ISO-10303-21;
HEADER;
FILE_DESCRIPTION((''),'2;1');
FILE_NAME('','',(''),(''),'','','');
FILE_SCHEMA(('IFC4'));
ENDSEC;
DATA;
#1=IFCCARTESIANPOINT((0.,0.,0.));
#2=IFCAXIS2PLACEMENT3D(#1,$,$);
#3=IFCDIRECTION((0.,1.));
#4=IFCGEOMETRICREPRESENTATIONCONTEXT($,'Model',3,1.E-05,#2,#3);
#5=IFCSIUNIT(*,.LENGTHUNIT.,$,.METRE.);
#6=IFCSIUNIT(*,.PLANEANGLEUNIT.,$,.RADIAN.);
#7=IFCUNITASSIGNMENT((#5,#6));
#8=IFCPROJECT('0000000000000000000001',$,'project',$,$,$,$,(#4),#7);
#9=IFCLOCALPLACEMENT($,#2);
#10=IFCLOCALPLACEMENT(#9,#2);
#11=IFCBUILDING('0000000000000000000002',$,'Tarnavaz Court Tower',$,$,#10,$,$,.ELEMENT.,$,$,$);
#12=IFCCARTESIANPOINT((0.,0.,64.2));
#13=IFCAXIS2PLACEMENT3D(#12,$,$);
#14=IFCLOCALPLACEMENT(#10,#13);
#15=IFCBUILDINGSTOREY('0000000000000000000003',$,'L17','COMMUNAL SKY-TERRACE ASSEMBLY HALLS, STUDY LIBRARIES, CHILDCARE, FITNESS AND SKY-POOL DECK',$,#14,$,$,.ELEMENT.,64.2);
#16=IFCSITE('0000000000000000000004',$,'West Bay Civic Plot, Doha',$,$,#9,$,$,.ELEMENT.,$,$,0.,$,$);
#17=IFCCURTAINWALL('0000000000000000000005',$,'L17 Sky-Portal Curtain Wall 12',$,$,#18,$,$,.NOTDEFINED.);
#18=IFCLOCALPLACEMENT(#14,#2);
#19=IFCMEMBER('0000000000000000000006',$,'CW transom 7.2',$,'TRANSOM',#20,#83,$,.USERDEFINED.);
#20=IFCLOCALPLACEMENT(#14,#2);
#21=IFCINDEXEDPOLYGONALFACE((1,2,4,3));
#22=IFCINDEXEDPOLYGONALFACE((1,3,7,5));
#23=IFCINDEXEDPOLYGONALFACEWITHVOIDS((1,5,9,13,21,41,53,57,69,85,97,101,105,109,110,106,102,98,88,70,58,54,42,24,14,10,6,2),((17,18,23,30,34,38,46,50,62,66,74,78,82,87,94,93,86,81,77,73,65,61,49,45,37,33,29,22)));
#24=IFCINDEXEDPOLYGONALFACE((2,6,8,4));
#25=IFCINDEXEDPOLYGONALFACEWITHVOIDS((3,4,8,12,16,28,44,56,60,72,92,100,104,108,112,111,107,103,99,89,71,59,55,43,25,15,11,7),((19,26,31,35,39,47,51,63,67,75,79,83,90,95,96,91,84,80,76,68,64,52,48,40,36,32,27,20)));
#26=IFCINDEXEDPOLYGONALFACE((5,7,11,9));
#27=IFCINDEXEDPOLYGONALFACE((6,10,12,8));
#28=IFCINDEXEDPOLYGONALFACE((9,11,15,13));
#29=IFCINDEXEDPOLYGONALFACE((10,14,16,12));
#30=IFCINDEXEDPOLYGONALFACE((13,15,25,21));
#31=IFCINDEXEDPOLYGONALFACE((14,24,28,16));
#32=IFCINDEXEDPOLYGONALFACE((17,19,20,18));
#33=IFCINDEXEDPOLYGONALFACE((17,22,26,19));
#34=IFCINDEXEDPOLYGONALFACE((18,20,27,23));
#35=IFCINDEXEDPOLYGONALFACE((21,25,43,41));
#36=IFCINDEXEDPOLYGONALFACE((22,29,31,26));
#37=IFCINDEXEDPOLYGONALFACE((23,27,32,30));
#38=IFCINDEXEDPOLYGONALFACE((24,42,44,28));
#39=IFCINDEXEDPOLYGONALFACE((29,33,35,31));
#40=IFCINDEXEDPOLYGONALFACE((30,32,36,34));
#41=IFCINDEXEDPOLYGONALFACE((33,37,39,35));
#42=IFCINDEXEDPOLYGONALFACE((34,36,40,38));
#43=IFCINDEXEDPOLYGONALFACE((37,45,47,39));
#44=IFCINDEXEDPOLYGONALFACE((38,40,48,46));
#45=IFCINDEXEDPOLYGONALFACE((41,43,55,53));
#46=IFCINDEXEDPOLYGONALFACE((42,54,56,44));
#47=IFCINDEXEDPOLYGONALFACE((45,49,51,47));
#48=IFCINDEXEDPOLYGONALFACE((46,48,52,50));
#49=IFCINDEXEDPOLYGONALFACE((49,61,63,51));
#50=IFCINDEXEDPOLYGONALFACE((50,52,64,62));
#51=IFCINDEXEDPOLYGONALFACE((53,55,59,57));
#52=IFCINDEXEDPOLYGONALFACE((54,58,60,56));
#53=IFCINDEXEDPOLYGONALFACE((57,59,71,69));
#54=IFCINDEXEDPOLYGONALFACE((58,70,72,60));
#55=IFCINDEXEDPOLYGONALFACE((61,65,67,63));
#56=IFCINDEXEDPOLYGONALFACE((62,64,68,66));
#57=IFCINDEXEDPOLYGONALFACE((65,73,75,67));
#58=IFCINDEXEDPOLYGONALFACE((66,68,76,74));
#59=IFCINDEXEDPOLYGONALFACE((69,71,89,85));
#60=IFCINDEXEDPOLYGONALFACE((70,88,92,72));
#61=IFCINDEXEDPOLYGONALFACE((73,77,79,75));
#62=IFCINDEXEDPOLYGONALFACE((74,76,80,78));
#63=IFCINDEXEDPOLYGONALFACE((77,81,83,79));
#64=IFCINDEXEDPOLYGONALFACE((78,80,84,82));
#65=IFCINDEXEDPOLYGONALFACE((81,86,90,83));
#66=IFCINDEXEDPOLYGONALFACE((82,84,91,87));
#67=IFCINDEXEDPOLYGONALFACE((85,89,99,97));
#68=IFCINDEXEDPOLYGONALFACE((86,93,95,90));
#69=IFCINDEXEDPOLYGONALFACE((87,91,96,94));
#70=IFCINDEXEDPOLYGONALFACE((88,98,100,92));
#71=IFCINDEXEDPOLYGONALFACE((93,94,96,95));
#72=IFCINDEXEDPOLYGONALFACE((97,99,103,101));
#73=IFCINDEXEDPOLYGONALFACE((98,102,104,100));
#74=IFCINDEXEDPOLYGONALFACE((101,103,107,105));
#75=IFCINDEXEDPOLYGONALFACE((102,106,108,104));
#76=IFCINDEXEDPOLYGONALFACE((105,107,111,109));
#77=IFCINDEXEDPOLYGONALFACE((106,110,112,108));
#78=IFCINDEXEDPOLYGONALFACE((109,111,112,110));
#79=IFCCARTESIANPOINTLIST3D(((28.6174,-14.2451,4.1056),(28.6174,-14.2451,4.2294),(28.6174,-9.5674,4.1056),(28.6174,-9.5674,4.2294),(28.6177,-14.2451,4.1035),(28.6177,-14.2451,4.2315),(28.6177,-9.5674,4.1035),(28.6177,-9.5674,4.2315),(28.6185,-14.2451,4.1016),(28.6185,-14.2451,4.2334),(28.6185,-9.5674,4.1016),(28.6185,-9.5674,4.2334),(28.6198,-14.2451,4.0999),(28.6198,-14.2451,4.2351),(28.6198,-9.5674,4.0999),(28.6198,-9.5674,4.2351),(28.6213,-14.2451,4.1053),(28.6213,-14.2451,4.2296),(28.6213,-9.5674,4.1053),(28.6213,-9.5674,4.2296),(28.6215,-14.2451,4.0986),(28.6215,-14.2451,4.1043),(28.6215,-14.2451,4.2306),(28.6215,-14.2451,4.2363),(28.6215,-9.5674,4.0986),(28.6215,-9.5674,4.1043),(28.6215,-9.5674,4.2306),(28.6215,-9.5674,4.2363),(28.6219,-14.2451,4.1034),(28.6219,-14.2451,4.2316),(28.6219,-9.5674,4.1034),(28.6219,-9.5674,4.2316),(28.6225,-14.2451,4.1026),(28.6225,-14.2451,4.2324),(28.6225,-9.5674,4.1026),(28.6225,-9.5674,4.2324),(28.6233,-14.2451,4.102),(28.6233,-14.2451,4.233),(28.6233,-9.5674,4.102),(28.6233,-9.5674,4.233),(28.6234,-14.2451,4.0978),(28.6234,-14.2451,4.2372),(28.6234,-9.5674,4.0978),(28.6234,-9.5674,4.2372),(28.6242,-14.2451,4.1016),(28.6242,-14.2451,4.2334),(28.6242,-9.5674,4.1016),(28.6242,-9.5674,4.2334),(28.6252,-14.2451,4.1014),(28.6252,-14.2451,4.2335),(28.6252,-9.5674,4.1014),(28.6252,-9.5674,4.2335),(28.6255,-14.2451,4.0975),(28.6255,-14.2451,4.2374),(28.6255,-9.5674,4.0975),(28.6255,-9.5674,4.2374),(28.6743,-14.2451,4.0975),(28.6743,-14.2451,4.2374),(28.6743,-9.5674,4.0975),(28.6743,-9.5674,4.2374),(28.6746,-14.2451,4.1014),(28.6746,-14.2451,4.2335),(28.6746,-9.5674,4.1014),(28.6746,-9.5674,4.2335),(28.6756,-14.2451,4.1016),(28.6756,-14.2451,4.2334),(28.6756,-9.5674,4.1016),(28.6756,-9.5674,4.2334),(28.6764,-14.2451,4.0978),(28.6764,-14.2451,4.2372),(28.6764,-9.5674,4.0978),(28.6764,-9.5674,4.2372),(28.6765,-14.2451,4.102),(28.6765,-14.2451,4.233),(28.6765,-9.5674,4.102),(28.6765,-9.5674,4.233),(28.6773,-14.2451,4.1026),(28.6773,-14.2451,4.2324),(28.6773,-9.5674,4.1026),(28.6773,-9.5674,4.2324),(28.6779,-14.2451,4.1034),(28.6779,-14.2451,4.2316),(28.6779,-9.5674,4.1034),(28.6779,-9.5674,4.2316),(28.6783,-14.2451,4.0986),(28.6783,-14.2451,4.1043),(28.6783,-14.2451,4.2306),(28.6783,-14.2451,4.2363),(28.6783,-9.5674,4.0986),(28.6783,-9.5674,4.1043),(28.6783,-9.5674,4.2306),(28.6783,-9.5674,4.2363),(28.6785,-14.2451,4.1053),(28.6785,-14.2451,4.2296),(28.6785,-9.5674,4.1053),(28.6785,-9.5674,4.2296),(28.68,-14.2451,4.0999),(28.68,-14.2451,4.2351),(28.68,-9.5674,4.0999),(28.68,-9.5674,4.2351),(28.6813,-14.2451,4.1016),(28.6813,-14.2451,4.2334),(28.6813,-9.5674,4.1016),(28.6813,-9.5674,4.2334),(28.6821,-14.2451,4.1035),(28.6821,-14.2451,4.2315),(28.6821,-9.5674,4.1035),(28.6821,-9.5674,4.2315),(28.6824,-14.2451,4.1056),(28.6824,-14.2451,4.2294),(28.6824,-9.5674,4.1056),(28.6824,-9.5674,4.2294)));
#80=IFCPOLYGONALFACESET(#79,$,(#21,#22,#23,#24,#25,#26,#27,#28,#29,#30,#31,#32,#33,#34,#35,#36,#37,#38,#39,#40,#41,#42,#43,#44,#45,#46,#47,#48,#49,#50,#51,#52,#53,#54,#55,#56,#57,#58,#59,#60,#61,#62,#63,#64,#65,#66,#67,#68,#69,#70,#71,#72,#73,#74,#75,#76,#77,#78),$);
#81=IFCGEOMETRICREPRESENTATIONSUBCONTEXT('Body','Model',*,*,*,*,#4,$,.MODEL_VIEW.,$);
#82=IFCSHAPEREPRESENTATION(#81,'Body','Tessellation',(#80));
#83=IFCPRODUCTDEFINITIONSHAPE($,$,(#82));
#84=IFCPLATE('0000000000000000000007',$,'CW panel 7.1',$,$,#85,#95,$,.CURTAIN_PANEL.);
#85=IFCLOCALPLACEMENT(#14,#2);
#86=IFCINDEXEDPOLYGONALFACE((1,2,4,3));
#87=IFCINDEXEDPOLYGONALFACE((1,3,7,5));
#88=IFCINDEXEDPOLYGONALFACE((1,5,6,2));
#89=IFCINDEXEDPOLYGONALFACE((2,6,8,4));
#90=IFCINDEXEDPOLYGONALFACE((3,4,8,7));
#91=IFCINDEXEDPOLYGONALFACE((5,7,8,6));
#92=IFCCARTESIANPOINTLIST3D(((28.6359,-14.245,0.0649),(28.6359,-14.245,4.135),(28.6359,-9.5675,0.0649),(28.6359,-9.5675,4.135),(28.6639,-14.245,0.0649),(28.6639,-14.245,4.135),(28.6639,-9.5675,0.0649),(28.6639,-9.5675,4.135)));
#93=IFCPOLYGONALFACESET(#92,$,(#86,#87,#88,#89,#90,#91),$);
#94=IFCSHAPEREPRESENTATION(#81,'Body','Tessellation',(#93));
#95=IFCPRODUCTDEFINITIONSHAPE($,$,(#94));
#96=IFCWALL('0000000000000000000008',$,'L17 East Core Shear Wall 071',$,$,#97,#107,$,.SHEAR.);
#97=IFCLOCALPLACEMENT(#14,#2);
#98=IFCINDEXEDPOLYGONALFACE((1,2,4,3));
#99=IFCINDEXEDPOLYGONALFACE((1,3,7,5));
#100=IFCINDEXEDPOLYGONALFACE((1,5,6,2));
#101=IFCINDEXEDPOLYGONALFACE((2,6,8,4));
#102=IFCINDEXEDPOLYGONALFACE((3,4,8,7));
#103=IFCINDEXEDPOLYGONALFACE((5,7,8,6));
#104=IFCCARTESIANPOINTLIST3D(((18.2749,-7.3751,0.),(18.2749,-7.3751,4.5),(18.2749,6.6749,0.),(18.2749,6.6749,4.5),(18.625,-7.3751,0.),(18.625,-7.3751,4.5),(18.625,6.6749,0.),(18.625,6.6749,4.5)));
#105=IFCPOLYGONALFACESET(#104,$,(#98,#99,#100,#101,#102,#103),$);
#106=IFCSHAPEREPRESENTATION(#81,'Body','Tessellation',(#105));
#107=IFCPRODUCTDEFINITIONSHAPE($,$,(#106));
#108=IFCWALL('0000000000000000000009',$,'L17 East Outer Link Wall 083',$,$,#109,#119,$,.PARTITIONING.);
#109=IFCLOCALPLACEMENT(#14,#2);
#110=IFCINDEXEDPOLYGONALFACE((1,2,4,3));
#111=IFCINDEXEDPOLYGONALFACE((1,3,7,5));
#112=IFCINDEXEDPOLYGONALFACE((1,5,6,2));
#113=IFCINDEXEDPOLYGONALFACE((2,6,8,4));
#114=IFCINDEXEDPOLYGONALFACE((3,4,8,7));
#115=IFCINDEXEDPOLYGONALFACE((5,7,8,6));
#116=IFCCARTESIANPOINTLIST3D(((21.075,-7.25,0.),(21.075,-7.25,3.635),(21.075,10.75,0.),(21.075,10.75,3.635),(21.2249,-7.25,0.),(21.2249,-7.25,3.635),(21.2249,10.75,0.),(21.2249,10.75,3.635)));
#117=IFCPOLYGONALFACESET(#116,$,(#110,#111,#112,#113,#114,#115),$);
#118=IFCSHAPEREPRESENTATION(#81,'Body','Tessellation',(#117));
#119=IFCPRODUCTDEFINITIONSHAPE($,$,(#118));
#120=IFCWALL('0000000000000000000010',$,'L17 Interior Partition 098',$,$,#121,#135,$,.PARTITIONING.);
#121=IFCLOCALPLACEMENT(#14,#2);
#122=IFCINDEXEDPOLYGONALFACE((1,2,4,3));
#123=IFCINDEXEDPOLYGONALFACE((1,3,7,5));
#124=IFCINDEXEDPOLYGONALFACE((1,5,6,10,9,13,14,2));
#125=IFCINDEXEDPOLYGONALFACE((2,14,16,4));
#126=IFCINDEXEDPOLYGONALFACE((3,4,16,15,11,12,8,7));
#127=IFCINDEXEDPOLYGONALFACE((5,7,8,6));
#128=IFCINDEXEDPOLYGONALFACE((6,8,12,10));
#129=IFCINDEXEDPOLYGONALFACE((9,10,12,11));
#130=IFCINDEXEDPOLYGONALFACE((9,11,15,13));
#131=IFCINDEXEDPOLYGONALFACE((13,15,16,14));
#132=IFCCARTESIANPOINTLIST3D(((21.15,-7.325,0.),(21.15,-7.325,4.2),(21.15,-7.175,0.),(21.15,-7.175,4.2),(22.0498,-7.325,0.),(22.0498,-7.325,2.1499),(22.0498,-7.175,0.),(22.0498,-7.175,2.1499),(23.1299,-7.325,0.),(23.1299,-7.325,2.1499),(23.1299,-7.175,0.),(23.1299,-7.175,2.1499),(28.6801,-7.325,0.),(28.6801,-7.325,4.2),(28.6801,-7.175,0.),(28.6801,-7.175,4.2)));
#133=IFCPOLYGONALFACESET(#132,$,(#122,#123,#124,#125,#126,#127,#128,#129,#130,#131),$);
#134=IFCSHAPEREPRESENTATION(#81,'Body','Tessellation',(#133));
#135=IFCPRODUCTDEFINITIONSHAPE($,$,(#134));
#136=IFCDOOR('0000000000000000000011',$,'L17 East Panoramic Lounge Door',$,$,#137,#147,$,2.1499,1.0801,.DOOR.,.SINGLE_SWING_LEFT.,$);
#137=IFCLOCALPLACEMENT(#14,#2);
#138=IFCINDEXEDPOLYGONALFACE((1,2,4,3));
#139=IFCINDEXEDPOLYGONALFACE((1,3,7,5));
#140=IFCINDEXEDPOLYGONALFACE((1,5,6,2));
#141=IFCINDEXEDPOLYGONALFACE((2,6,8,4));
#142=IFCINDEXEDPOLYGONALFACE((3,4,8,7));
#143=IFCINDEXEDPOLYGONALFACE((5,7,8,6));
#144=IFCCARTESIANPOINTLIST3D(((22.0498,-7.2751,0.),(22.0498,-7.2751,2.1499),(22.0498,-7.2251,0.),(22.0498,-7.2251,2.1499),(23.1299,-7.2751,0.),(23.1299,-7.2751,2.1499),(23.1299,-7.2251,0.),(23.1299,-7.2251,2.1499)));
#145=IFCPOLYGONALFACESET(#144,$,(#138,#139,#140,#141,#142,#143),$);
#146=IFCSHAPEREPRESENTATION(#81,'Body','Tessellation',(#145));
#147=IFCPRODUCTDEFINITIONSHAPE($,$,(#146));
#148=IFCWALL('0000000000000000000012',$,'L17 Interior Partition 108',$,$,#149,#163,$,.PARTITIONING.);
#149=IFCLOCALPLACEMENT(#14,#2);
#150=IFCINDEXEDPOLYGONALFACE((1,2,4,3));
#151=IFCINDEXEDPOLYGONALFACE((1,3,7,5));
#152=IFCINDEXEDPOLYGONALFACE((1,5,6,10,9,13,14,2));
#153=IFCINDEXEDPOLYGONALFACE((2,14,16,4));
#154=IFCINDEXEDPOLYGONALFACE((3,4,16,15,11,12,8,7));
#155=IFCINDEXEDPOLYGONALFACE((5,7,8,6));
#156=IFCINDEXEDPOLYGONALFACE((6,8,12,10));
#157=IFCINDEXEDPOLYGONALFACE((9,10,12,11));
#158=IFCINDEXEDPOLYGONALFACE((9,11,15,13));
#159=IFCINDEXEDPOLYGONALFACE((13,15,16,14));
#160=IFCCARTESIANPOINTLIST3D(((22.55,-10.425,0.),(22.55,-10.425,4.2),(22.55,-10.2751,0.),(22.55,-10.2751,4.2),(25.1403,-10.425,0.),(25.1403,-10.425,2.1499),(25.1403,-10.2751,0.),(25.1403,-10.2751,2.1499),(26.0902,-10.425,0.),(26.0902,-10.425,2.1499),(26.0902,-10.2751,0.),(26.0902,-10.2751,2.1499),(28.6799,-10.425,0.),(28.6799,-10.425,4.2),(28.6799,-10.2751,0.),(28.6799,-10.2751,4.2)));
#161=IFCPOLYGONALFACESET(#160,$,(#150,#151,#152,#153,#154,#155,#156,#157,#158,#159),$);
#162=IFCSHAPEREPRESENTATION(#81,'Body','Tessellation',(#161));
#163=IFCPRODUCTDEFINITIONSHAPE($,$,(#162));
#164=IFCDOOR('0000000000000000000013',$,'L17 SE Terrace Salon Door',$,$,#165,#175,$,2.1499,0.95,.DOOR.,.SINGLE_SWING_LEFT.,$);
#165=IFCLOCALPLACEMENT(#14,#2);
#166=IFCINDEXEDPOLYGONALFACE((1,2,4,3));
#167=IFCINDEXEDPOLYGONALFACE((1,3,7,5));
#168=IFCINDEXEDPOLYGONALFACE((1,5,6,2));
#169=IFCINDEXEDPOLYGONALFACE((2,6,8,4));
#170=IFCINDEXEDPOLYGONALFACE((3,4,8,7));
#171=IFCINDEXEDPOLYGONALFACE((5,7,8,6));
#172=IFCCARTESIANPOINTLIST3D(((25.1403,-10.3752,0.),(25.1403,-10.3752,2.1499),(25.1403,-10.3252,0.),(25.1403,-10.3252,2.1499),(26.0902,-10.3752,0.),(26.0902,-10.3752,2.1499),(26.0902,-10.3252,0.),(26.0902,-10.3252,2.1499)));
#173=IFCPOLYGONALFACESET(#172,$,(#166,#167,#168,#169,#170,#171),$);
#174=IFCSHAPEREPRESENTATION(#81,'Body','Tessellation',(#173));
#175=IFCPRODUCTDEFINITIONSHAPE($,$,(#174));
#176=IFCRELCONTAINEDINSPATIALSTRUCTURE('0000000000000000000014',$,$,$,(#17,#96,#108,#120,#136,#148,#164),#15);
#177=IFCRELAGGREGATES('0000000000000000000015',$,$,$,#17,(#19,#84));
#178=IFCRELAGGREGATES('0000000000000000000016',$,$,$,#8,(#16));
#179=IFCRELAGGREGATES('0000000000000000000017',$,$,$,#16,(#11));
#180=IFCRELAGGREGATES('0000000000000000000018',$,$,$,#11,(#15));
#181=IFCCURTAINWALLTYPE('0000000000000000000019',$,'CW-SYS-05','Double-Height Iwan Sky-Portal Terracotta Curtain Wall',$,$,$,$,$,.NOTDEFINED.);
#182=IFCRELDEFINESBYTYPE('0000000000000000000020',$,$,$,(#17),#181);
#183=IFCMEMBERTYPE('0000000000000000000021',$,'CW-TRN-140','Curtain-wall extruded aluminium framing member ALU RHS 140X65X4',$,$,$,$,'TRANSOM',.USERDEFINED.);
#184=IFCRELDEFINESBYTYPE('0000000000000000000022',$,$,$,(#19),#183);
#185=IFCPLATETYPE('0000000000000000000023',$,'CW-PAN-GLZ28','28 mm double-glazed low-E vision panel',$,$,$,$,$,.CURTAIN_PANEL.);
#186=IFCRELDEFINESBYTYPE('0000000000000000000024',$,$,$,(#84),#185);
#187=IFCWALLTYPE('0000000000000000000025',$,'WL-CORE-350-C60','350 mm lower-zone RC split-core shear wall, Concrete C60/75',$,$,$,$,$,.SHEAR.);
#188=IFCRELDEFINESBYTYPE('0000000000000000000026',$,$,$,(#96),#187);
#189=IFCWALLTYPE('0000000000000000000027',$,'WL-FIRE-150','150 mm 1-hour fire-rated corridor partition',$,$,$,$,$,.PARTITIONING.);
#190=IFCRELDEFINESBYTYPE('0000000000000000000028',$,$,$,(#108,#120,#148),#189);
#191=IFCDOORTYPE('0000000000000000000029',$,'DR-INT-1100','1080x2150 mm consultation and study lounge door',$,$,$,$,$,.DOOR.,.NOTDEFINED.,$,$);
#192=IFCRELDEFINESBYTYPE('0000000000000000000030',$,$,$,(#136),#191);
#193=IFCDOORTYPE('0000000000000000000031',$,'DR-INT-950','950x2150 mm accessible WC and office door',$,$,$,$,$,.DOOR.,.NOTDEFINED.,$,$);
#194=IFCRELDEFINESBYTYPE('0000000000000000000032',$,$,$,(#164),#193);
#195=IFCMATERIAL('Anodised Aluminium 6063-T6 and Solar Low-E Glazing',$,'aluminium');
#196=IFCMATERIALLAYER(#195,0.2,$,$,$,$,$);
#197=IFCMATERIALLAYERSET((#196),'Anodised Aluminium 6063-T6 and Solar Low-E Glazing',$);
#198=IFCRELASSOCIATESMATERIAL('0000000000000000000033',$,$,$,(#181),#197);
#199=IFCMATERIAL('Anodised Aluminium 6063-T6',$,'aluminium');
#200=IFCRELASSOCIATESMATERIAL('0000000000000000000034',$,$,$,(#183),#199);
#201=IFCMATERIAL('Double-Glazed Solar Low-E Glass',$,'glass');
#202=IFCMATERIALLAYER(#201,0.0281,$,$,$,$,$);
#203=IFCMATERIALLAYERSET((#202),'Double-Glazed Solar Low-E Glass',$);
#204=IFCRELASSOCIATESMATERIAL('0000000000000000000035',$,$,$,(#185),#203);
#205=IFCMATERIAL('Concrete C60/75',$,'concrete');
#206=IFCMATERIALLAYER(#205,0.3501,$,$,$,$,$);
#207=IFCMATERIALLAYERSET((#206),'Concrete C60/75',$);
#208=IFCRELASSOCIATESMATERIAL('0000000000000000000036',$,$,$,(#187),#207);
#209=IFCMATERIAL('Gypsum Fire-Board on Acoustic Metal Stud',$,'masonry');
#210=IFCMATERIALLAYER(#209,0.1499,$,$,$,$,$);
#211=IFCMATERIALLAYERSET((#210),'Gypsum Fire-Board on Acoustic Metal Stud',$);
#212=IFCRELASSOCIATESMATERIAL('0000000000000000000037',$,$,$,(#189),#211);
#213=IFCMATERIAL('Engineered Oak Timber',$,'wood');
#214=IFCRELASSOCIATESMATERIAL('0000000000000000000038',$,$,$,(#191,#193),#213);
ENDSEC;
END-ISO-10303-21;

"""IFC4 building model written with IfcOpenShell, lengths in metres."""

from ifc_helpers import new_model, si_unit, direction, frame, frame_2d, origin, origin_2d, place, context, subcontext, project, spatial, rectangle, hollow_rectangle, extrude, material, layer, layer_set, material_profile, profile_set, type_object, element, fill, aggregate, save


model = new_model("IFC4")

# Units and contexts
model_context = context("Model", 3, precision=1e-05, world=origin(), true_north=direction((0.0, 1.0)))
body_context = subcontext(model_context, "Body", "Model", "MODEL_VIEW")
ifc_project = project(units=[si_unit("LENGTHUNIT", "METRE"), si_unit("PLANEANGLEUNIT", "RADIAN")], contexts=[model_context])

# Site, building, storey
site_placement = place(None, origin())
site = spatial("IfcSite", under=ifc_project, at=site_placement, Name="West Bay Civic Plot, Doha", CompositionType="ELEMENT", RefElevation=0.0)
building_placement = place(site_placement, origin())
building = spatial("IfcBuilding", under=site, at=building_placement, Name="Tarnavaz Court Tower", CompositionType="ELEMENT")
storey_placement = place(building_placement, frame((0.0, 0.0, 64.2)))
storey = spatial("IfcBuildingStorey", under=building, at=storey_placement, Name="L17", Description="COMMUNAL SKY-TERRACE ASSEMBLY HALLS, STUDY LIBRARIES, CHILDCARE, FITNESS AND SKY-POOL DECK", CompositionType="ELEMENT", Elevation=64.2)

# Shared definitions
ifc_material_1 = material(Name="Concrete C60/75", Category="concrete")

# Curtain wall, member, plate
ifc_material_2 = material(Name="Anodised Aluminium 6063-T6 and Solar Low-E Glazing", Category="aluminium")
ifc_layer_1 = layer(ifc_material_2, 0.2)
ifc_layer_set_1 = layer_set([ifc_layer_1], Name="Anodised Aluminium 6063-T6 and Solar Low-E Glazing")
curtain_wall_type = type_object("IfcCurtainWallType", Name="CW-SYS-05", Description="Double-Height Iwan Sky-Portal Terracotta Curtain Wall", PredefinedType="NOTDEFINED", material=ifc_layer_set_1)
curtain_wall_placement = place(storey_placement, origin())
curtain_wall = element("IfcCurtainWall", 1, at=curtain_wall_placement, inside=storey, type_object=curtain_wall_type, Name="L17 Sky-Portal Curtain Wall 12", PredefinedType="NOTDEFINED")
ifc_material_3 = material(Name="Anodised Aluminium 6063-T6", Category="aluminium")
ifc_material_profile_1 = material_profile(ifc_material_3, hollow_rectangle(XDim=0.0649, YDim=0.1399, WallThickness=0.0039, InnerFilletRadius=0.0039, OuterFilletRadius=0.0081, at=origin_2d()), Name="ALU RHS 140X65X4")
ifc_profile_set_1 = profile_set([ifc_material_profile_1], Name="Anodised Aluminium 6063-T6")
member_type_1 = type_object("IfcMemberType", Name="CW-TRN-140", Description="Curtain-wall extruded aluminium framing member ALU RHS 140X65X4", ElementType="TRANSOM", PredefinedType="USERDEFINED", material=ifc_profile_set_1)
member_1_placement = place(storey_placement, frame((28.6499, -9.5674, 4.1675), z_axis=(0.0, -1.0, 0.0), x_axis=(1.0, 0.0, 0.0)))
member_1 = element("IfcMember", 2, at=member_1_placement, type_object=member_type_1, Name="CW transom 7.2", ObjectType="TRANSOM", PredefinedType="USERDEFINED", context=body_context, shape_type="SweptSolid", body=[
    extrude(hollow_rectangle(XDim=0.0649, YDim=0.1399, WallThickness=0.0039, InnerFilletRadius=0.0039, OuterFilletRadius=0.0081, at=origin_2d()), origin(), (0.0, 0.0, 1.0), 4.6777),
])
ifc_material_4 = material(Name="Double-Glazed Solar Low-E Glass", Category="glass")
ifc_layer_2 = layer(ifc_material_4, 0.0281)
ifc_layer_set_2 = layer_set([ifc_layer_2], Name="Double-Glazed Solar Low-E Glass")
plate_type = type_object("IfcPlateType", Name="CW-PAN-GLZ28", Description="28 mm double-glazed low-E vision panel", PredefinedType="CURTAIN_PANEL", material=ifc_layer_set_2)
plate_placement = place(storey_placement, frame((28.6499, -11.9062, 0.0649), z_axis=(0.0, 0.0, 1.0), x_axis=(0.0, -1.0, 0.0)))
plate = element("IfcPlate", 3, at=plate_placement, type_object=plate_type, Name="CW panel 7.1", PredefinedType="CURTAIN_PANEL", context=body_context, shape_type="SweptSolid", body=[
    extrude(rectangle(XDim=4.6775, YDim=0.0281, at=origin_2d()), origin(), (0.0, 0.0, 1.0), 4.0701),
])
aggregate(curtain_wall, [member_1, plate])

# Walls
ifc_layer_3 = layer(ifc_material_1, 0.3501)
ifc_layer_set_3 = layer_set([ifc_layer_3], Name="Concrete C60/75")
wall_type_1 = type_object("IfcWallType", Name="WL-CORE-350-C60", Description="350 mm lower-zone RC split-core shear wall, Concrete C60/75", PredefinedType="SHEAR", material=ifc_layer_set_3)
wall_1_placement = place(storey_placement, frame((18.45, -7.375, 0.0), z_axis=(0.0, 0.0, 1.0), x_axis=(0.0, 1.0, 0.0)))
element("IfcWall", 4, at=wall_1_placement, inside=storey, type_object=wall_type_1, Name="L17 East Core Shear Wall 071", PredefinedType="SHEAR", context=body_context, shape_type="SweptSolid", body=[
    extrude(rectangle(XDim=14.05, YDim=0.3501, at=frame_2d((7.0249, 0.0))), origin(), (0.0, 0.0, 1.0), 4.5),
])
ifc_material_5 = material(Name="Gypsum Fire-Board on Acoustic Metal Stud", Category="masonry")
ifc_layer_4 = layer(ifc_material_5, 0.1499)
ifc_layer_set_4 = layer_set([ifc_layer_4], Name="Gypsum Fire-Board on Acoustic Metal Stud")
wall_type_2 = type_object("IfcWallType", Name="WL-FIRE-150", Description="150 mm 1-hour fire-rated corridor partition", PredefinedType="PARTITIONING", material=ifc_layer_set_4)
wall_2_placement = place(storey_placement, frame((21.1499, -7.25, 0.0), z_axis=(0.0, 0.0, 1.0), x_axis=(0.0, 1.0, 0.0)))
element("IfcWall", 5, at=wall_2_placement, inside=storey, type_object=wall_type_2, Name="L17 East Outer Link Wall 083", PredefinedType="PARTITIONING", context=body_context, shape_type="SweptSolid", body=[
    extrude(rectangle(XDim=18.0, YDim=0.1499, at=frame_2d((9.0, 0.0))), origin(), (0.0, 0.0, 1.0), 3.635),
])

# Walls, openings, doors
wall_3_placement = place(storey_placement, frame((21.1499, -7.25, 0.0), z_axis=(0.0, 0.0, 1.0), x_axis=(1.0, 0.0, 0.0)))
wall_3 = element("IfcWall", 6, at=wall_3_placement, inside=storey, type_object=wall_type_2, Name="L17 Interior Partition 098", PredefinedType="PARTITIONING", context=body_context, shape_type="SweptSolid", body=[
    extrude(rectangle(XDim=7.53, YDim=0.1499, at=frame_2d((3.7651, 0.0))), origin(), (0.0, 0.0, 1.0), 4.2),
])
opening_1_placement = place(wall_3_placement, frame((0.8999, 0.0, 0.0)))
opening_1 = element("IfcOpeningElement", 7, at=opening_1_placement, cuts=wall_3, PredefinedType="OPENING", context=body_context, shape_type="SweptSolid", body=[
    extrude(rectangle(XDim=1.0801, YDim=2.1499, at=frame_2d((0.54, 1.075))), frame((0.0, 0.085, 0.0), z_axis=(0.0, -1.0, 0.0), x_axis=(1.0, 0.0, 0.0)), (0.0, 0.0, 1.0), 0.1699),
])
ifc_material_6 = material(Name="Engineered Oak Timber", Category="wood")
door_type_1 = type_object("IfcDoorType", Name="DR-INT-1100", Description="1080x2150 mm consultation and study lounge door", OperationType="NOTDEFINED", PredefinedType="DOOR", material=ifc_material_6)
door_1_placement = place(opening_1_placement, origin())
door_1 = element("IfcDoor", 8, at=door_1_placement, inside=storey, type_object=door_type_1, Name="L17 East Panoramic Lounge Door", OperationType="SINGLE_SWING_LEFT", OverallHeight=2.1499, OverallWidth=1.0801, PredefinedType="DOOR", context=body_context, shape_type="SweptSolid", body=[
    extrude(rectangle(XDim=1.0801, YDim=2.1499, at=frame_2d((0.54, 1.075))), frame((0.0, 0.0249, 0.0), z_axis=(0.0, -1.0, 0.0), x_axis=(1.0, 0.0, 0.0)), (0.0, 0.0, 1.0), 0.05),
])
fill(opening_1, door_1)
wall_4_placement = place(storey_placement, frame((22.55, -10.3501, 0.0), z_axis=(0.0, 0.0, 1.0), x_axis=(1.0, 0.0, 0.0)))
wall_4 = element("IfcWall", 9, at=wall_4_placement, inside=storey, type_object=wall_type_2, Name="L17 Interior Partition 108", PredefinedType="PARTITIONING", context=body_context, shape_type="SweptSolid", body=[
    extrude(rectangle(XDim=6.1299, YDim=0.1499, at=frame_2d((3.0649, 0.0))), origin(), (0.0, 0.0, 1.0), 4.2),
])
opening_2_placement = place(wall_4_placement, frame((2.5901, 0.0, 0.0)))
opening_2 = element("IfcOpeningElement", 10, at=opening_2_placement, cuts=wall_4, PredefinedType="OPENING", context=body_context, shape_type="SweptSolid", body=[
    extrude(rectangle(XDim=0.95, YDim=2.1499, at=frame_2d((0.4751, 1.075))), frame((0.0, 0.085, 0.0), z_axis=(0.0, -1.0, 0.0), x_axis=(1.0, 0.0, 0.0)), (0.0, 0.0, 1.0), 0.1699),
])
door_type_2 = type_object("IfcDoorType", Name="DR-INT-950", Description="950x2150 mm accessible WC and office door", OperationType="NOTDEFINED", PredefinedType="DOOR", material=ifc_material_6)
door_2_placement = place(opening_2_placement, origin())
door_2 = element("IfcDoor", 11, at=door_2_placement, inside=storey, type_object=door_type_2, Name="L17 SE Terrace Salon Door", OperationType="SINGLE_SWING_LEFT", OverallHeight=2.1499, OverallWidth=0.95, PredefinedType="DOOR", context=body_context, shape_type="SweptSolid", body=[
    extrude(rectangle(XDim=0.95, YDim=2.1499, at=frame_2d((0.4751, 1.075))), frame((0.0, 0.0249, 0.0), z_axis=(0.0, -1.0, 0.0), x_axis=(1.0, 0.0, 0.0)), (0.0, 0.0, 1.0), 0.05),
])
fill(opening_2, door_2)

save(model, "model.ifc")
